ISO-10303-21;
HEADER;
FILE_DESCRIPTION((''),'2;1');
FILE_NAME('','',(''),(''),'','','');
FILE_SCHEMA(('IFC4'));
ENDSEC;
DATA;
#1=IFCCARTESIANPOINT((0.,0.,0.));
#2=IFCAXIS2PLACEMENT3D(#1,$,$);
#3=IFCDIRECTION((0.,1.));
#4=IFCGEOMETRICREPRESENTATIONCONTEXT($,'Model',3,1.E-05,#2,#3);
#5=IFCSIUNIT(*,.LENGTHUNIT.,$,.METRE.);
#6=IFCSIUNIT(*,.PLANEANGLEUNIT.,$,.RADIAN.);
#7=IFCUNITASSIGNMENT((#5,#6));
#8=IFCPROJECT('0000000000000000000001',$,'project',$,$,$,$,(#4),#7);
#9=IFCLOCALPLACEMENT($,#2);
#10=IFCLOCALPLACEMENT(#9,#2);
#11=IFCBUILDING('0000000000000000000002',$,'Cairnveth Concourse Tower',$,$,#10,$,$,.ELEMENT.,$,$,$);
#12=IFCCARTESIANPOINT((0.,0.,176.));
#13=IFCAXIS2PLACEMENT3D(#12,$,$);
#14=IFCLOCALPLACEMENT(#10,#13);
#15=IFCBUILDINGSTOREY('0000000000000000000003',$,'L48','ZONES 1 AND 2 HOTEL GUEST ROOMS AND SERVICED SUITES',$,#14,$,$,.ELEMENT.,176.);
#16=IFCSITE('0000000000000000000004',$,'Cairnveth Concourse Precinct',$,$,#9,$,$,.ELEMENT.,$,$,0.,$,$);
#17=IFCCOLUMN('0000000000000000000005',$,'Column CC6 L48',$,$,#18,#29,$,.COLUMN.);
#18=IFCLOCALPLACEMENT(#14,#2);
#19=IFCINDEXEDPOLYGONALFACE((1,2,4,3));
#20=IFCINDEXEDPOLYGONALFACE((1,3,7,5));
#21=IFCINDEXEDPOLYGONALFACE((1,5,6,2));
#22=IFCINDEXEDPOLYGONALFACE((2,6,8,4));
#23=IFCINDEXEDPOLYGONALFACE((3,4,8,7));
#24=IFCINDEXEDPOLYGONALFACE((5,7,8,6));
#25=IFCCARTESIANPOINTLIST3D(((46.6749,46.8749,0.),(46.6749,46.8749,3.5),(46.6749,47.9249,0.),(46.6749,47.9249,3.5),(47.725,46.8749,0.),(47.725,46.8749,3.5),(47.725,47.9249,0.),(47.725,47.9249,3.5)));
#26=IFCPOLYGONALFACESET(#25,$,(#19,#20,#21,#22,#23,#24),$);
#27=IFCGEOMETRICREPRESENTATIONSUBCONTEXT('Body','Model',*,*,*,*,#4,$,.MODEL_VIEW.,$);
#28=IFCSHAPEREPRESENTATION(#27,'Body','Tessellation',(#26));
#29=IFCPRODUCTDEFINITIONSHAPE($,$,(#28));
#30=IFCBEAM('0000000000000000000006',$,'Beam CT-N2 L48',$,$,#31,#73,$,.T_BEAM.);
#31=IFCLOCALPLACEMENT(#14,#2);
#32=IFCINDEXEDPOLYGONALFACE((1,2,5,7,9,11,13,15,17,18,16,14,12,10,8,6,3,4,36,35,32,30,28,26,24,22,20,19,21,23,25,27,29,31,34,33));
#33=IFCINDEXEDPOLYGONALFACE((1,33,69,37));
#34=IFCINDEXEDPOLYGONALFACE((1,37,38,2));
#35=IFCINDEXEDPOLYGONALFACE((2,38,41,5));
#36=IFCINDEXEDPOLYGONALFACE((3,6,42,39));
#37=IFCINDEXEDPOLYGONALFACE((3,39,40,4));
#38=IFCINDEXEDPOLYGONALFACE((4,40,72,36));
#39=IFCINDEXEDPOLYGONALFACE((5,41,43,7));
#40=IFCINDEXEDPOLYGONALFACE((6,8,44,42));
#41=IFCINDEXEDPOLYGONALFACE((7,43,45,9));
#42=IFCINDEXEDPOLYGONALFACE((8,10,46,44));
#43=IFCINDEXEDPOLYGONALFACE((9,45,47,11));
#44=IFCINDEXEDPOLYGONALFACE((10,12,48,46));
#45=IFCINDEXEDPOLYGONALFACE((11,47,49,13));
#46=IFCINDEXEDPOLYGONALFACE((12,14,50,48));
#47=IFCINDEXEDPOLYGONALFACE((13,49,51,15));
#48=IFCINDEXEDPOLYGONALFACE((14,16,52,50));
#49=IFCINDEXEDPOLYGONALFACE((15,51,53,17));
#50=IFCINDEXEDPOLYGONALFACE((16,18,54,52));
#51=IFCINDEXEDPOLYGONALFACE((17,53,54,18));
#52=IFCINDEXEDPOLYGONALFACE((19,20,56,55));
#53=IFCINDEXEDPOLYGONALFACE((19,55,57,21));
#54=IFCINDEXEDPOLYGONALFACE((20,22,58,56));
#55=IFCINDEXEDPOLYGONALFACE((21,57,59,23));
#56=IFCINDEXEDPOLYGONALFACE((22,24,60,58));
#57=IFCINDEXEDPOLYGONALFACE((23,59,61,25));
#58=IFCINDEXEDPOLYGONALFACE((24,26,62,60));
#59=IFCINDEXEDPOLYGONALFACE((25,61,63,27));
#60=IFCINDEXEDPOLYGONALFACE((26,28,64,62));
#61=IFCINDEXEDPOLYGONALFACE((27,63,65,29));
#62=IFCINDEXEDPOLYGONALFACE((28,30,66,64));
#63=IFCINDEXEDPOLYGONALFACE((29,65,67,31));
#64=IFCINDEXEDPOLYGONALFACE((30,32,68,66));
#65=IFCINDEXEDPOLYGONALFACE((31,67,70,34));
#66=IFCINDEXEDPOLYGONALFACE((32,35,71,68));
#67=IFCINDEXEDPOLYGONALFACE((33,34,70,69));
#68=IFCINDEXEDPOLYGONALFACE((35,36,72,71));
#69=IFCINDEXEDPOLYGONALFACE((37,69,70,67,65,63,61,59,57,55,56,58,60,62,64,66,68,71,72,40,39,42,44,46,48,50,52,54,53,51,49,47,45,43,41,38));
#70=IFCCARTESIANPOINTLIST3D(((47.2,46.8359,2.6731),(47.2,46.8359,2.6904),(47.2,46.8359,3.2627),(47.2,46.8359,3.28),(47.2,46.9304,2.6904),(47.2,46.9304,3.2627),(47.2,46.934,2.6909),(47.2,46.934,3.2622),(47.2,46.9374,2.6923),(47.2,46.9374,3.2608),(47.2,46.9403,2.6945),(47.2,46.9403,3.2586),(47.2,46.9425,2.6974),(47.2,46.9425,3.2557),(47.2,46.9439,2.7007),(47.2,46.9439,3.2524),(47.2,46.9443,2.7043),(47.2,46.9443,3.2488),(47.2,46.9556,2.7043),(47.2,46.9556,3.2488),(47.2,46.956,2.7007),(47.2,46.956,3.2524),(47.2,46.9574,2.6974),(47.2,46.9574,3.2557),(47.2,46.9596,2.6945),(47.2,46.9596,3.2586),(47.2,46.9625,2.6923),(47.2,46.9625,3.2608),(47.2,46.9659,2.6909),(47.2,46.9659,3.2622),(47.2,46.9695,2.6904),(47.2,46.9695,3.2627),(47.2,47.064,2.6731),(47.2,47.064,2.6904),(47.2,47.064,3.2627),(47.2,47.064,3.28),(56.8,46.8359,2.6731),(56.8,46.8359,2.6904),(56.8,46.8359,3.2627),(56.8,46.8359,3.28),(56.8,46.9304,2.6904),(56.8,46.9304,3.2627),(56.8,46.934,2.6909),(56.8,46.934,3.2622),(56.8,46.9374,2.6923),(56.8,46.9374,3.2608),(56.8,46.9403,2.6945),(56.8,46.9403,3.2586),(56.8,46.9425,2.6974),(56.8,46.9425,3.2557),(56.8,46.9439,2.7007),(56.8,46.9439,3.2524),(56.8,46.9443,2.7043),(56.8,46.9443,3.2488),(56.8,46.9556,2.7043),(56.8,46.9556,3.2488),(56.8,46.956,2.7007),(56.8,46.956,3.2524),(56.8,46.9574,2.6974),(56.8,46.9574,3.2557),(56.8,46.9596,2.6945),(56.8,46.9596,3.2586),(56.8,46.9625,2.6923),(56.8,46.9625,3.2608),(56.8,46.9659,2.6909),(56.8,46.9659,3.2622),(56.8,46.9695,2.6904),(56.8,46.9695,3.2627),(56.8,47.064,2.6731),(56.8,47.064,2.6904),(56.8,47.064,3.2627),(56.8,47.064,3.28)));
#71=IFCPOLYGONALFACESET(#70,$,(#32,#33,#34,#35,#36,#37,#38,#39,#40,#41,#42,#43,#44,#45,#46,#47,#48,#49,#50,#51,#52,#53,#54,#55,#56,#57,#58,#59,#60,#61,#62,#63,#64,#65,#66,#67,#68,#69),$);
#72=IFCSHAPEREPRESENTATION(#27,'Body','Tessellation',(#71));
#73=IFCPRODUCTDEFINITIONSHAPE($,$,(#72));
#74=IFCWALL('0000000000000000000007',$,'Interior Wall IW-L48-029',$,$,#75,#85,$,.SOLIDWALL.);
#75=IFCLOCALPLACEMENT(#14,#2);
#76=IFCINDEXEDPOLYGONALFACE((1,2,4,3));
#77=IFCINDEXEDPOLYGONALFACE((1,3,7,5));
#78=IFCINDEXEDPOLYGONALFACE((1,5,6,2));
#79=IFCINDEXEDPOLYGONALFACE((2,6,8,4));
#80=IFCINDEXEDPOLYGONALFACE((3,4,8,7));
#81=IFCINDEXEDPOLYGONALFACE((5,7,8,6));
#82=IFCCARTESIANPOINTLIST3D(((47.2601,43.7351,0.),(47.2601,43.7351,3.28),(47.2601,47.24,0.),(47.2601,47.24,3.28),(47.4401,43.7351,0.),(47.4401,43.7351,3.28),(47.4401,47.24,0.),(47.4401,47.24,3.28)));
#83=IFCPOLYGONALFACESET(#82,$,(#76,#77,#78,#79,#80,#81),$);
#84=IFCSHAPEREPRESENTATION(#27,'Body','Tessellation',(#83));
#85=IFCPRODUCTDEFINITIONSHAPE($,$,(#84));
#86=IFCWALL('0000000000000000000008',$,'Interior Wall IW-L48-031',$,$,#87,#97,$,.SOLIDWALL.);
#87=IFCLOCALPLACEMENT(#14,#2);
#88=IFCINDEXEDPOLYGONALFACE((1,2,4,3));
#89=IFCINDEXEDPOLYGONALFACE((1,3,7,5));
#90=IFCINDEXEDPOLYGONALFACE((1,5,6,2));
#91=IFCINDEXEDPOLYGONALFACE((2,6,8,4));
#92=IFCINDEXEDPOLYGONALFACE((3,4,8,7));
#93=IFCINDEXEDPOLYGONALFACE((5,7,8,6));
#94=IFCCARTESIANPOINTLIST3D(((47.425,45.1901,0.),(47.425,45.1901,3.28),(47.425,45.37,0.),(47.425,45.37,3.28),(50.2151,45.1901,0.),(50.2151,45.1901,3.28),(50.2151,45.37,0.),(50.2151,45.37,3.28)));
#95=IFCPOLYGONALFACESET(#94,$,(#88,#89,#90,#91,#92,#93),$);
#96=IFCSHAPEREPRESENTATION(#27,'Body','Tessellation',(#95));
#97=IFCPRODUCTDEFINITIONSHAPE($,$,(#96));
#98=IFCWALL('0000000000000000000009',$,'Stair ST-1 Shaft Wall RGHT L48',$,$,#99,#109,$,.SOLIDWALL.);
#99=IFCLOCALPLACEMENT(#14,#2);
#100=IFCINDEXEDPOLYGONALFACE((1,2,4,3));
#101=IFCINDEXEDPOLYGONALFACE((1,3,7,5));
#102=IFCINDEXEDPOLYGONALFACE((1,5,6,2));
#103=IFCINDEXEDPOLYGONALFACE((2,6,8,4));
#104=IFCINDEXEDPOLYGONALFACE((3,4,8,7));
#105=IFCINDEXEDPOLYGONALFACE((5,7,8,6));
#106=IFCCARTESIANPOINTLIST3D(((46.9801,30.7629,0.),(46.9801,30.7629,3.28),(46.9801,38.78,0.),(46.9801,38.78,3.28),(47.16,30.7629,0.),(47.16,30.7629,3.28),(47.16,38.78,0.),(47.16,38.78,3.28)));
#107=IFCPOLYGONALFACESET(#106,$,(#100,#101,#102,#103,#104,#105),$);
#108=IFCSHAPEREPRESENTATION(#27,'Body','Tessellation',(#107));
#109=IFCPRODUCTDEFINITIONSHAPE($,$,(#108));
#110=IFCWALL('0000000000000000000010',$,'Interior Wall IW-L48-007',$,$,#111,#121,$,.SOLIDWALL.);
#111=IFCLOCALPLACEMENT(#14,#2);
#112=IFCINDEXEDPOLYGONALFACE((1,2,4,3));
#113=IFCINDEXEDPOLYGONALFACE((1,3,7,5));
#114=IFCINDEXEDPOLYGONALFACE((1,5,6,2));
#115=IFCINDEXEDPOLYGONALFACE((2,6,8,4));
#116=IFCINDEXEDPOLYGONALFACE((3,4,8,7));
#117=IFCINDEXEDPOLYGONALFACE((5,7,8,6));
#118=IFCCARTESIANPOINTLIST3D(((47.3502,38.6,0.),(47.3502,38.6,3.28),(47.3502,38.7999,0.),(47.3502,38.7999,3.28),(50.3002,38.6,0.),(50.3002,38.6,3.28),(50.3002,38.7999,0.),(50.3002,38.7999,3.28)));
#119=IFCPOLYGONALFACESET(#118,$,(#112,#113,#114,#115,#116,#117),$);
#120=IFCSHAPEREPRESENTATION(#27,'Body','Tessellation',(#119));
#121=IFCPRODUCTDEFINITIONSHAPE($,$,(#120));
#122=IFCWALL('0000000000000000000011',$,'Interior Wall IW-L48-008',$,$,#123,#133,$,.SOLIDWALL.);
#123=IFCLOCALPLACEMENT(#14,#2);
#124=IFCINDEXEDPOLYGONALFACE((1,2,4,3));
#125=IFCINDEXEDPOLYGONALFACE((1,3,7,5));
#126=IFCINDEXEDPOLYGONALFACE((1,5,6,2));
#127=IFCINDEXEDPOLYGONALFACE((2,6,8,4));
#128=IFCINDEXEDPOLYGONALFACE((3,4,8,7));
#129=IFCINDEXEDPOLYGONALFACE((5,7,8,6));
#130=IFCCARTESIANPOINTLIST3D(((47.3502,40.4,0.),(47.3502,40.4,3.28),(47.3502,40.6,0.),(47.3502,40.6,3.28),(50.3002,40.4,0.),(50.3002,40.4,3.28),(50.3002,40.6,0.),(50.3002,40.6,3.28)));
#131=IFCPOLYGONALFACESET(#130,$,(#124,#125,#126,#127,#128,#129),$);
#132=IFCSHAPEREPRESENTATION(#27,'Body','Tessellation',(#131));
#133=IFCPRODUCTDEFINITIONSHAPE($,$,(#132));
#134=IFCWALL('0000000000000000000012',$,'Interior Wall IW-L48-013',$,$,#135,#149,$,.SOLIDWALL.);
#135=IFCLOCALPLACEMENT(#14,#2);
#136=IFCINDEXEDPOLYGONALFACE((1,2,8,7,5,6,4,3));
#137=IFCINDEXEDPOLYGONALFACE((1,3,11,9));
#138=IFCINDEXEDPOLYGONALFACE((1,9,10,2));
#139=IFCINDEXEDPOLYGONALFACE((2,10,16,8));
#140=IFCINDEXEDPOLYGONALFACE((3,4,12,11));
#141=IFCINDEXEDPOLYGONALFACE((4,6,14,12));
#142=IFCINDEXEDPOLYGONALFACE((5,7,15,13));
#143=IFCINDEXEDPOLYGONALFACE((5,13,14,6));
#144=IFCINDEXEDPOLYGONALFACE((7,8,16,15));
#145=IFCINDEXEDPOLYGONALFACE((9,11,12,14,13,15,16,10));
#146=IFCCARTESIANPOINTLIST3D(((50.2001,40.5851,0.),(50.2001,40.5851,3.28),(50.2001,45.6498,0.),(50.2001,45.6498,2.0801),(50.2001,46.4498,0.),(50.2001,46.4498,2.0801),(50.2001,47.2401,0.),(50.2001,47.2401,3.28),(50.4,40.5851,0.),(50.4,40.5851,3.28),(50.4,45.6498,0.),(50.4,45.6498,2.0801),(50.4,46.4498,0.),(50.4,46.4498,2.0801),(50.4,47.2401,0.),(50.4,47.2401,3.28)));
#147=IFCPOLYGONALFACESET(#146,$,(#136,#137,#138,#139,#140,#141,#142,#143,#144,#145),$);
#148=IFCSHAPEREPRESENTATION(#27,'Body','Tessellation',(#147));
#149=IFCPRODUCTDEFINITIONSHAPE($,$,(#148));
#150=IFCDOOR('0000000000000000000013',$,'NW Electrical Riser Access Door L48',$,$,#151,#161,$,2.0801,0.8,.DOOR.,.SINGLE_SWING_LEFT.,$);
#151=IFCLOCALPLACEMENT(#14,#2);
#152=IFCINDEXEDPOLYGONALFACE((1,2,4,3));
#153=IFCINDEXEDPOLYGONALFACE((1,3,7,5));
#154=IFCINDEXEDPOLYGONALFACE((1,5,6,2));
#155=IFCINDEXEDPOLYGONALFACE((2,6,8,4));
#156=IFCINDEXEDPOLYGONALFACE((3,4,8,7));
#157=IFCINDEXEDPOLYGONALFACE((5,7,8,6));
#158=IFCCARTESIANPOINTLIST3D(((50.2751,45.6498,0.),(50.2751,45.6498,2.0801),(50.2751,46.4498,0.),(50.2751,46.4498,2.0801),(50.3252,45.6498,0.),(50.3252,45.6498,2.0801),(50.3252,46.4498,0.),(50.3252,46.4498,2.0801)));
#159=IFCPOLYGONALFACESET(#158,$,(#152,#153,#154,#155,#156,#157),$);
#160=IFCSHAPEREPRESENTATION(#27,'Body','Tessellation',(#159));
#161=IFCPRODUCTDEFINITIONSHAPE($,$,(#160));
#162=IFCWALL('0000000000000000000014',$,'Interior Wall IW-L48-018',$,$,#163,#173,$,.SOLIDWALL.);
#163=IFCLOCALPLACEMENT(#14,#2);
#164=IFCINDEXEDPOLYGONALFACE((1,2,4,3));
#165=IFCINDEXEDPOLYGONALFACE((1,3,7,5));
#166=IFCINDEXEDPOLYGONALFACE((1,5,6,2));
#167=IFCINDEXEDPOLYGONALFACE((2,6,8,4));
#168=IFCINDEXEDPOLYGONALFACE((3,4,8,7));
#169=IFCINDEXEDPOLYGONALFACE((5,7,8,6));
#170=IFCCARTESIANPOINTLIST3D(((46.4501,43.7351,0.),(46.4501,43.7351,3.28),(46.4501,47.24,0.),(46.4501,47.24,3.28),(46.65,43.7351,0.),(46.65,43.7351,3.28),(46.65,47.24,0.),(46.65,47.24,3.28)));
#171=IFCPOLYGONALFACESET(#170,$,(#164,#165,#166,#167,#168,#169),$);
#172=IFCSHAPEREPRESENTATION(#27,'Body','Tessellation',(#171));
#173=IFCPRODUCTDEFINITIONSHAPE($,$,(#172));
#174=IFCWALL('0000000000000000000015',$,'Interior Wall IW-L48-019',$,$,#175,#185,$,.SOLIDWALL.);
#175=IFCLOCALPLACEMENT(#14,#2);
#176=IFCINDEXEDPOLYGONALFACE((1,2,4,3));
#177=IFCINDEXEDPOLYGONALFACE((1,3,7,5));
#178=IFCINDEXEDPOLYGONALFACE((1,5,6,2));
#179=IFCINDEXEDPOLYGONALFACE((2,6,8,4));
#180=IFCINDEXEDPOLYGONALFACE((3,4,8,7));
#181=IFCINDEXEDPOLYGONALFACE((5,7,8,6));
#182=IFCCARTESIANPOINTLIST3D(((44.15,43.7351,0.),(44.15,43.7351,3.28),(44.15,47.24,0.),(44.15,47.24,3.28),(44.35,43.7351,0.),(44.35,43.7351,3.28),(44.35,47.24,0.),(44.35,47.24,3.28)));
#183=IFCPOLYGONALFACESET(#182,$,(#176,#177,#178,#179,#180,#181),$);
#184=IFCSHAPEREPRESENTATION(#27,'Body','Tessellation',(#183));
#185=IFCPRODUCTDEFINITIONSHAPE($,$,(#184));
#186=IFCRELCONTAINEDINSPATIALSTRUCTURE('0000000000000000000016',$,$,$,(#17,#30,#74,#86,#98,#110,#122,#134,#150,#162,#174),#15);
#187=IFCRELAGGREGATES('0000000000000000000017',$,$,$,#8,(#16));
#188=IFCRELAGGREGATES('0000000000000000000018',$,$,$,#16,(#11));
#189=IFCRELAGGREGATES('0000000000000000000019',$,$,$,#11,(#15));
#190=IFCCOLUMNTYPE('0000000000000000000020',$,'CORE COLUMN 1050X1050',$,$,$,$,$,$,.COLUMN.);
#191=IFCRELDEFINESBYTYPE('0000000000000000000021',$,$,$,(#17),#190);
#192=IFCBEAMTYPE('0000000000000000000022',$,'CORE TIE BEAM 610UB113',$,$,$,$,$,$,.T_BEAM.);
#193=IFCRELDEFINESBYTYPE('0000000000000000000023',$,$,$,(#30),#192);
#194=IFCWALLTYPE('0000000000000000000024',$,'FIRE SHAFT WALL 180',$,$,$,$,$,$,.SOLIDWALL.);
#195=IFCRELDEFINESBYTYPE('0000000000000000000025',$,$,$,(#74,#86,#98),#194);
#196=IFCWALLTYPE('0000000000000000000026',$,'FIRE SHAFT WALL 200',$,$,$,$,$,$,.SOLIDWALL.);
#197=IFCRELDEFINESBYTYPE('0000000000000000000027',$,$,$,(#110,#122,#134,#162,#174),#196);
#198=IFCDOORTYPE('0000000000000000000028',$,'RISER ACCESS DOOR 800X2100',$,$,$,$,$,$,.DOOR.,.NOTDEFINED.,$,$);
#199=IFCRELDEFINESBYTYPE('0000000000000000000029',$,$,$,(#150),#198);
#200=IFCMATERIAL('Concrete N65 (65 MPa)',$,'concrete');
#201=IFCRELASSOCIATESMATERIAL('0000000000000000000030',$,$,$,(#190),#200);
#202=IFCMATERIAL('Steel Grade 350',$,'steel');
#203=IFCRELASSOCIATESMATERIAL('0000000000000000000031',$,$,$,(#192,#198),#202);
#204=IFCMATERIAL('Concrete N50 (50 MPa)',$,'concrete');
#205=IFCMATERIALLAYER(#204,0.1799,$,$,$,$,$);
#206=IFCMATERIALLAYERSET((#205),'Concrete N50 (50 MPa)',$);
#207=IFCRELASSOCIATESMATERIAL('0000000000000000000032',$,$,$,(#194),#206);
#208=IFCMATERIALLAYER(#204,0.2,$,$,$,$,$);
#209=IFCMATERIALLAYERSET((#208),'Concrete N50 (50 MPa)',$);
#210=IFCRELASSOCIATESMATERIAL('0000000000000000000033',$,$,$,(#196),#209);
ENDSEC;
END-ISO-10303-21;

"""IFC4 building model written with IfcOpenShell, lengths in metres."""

from ifc_helpers import new_model, si_unit, direction, frame, frame_2d, origin, origin_2d, place, context, subcontext, project, spatial, rectangle, i_section, extrude, material, layer, layer_set, material_profile, profile_set, type_object, element, fill, save


model = new_model("IFC4")

# Units and contexts
model_context = context("Model", 3, precision=1e-05, world=origin(), true_north=direction((0.0, 1.0)))
body_context = subcontext(model_context, "Body", "Model", "MODEL_VIEW")
ifc_project = project(units=[si_unit("LENGTHUNIT", "METRE"), si_unit("PLANEANGLEUNIT", "RADIAN")], contexts=[model_context])

# Site, building, storey
site_placement = place(None, origin())
site = spatial("IfcSite", under=ifc_project, at=site_placement, Name="Cairnveth Concourse Precinct", CompositionType="ELEMENT", RefElevation=0.0)
building_placement = place(site_placement, origin())
building = spatial("IfcBuilding", under=site, at=building_placement, Name="Cairnveth Concourse Tower", CompositionType="ELEMENT")
storey_placement = place(building_placement, frame((0.0, 0.0, 176.0)))
storey = spatial("IfcBuildingStorey", under=building, at=storey_placement, Name="L48", Description="ZONES 1 AND 2 HOTEL GUEST ROOMS AND SERVICED SUITES", CompositionType="ELEMENT", Elevation=176.0)

# Column
ifc_material_1 = material(Name="Concrete N65 (65 MPa)", Category="concrete")
ifc_material_profile_1 = material_profile(ifc_material_1, rectangle(XDim=1.05, YDim=1.05, at=origin_2d()), Name="RC-COL-1050x1050")
ifc_profile_set_1 = profile_set([ifc_material_profile_1], Name="Concrete N65 (65 MPa)")
column_type = type_object("IfcColumnType", Name="CORE COLUMN 1050X1050", PredefinedType="COLUMN", material=ifc_profile_set_1)
column_placement = place(storey_placement, frame((47.2, 47.3999, 0.0), z_axis=(0.0, 0.0, 1.0), x_axis=(1.0, 0.0, 0.0)))
element("IfcColumn", 1, at=column_placement, inside=storey, type_object=column_type, Name="Column CC6 L48", PredefinedType="COLUMN", context=body_context, shape_type="SweptSolid", body=[
    extrude(rectangle(XDim=1.05, YDim=1.05, at=origin_2d()), origin(), (0.0, 0.0, 1.0), 3.5),
])

# Beam
ifc_material_2 = material(Name="Steel Grade 350", Category="steel")
ifc_material_profile_2 = material_profile(ifc_material_2, i_section(OverallWidth=0.228, OverallDepth=0.6069, WebThickness=0.0112, FlangeThickness=0.0173, FilletRadius=0.0139, at=origin_2d()), Name="610UB113")
ifc_profile_set_2 = profile_set([ifc_material_profile_2], Name="Steel Grade 350")
beam_type = type_object("IfcBeamType", Name="CORE TIE BEAM 610UB113", PredefinedType="T_BEAM", material=ifc_profile_set_2)
beam_placement = place(storey_placement, frame((47.2, 46.95, 2.9766), z_axis=(1.0, 0.0, 0.0), x_axis=(0.0, 1.0, 0.0)))
element("IfcBeam", 2, at=beam_placement, inside=storey, type_object=beam_type, Name="Beam CT-N2 L48", PredefinedType="T_BEAM", context=body_context, shape_type="SweptSolid", body=[
    extrude(i_section(OverallWidth=0.228, OverallDepth=0.6069, WebThickness=0.0112, FlangeThickness=0.0173, FilletRadius=0.0139, at=origin_2d()), origin(), (0.0, 0.0, 1.0), 9.6001),
])

# Walls
ifc_material_3 = material(Name="Concrete N50 (50 MPa)", Category="concrete")
ifc_layer_1 = layer(ifc_material_3, 0.1799)
ifc_layer_set_1 = layer_set([ifc_layer_1], Name="Concrete N50 (50 MPa)")
wall_type_1 = type_object("IfcWallType", Name="FIRE SHAFT WALL 180", PredefinedType="SOLIDWALL", material=ifc_layer_set_1)
wall_1_placement = place(storey_placement, frame((47.3501, 43.7351, 0.0), z_axis=(0.0, 0.0, 1.0), x_axis=(0.0, 1.0, 0.0)))
element("IfcWall", 3, at=wall_1_placement, inside=storey, type_object=wall_type_1, Name="Interior Wall IW-L48-029", PredefinedType="SOLIDWALL", context=body_context, shape_type="SweptSolid", body=[
    extrude(rectangle(XDim=3.5049, YDim=0.1799, at=frame_2d((1.7524, 0.0))), origin(), (0.0, 0.0, 1.0), 3.28),
])
wall_2_placement = place(storey_placement, frame((47.425, 45.28, 0.0), z_axis=(0.0, 0.0, 1.0), x_axis=(1.0, 0.0, 0.0)))
element("IfcWall", 4, at=wall_2_placement, inside=storey, type_object=wall_type_1, Name="Interior Wall IW-L48-031", PredefinedType="SOLIDWALL", context=body_context, shape_type="SweptSolid", body=[
    extrude(rectangle(XDim=2.79, YDim=0.1799, at=frame_2d((1.395, 0.0))), origin(), (0.0, 0.0, 1.0), 3.28),
])
wall_3_placement = place(storey_placement, frame((47.0701, 38.78, 0.0), z_axis=(0.0, 0.0, 1.0), x_axis=(0.0, -1.0, 0.0)))
element("IfcWall", 5, at=wall_3_placement, inside=storey, type_object=wall_type_1, Name="Stair ST-1 Shaft Wall RGHT L48", PredefinedType="SOLIDWALL", context=body_context, shape_type="SweptSolid", body=[
    extrude(rectangle(XDim=8.0171, YDim=0.1799, at=frame_2d((4.0085, 0.0))), origin(), (0.0, 0.0, 1.0), 3.28),
])
ifc_layer_2 = layer(ifc_material_3, 0.2)
ifc_layer_set_2 = layer_set([ifc_layer_2], Name="Concrete N50 (50 MPa)")
wall_type_2 = type_object("IfcWallType", Name="FIRE SHAFT WALL 200", PredefinedType="SOLIDWALL", material=ifc_layer_set_2)
for number, where, z_axis, x_axis, name in (
    (6, (47.3501, 38.7, 0.0), (0.0, 0.0, 1.0), (1.0, 0.0, 0.0), "Interior Wall IW-L48-007"),
    (7, (47.3501, 40.5, 0.0), (0.0, 0.0, 1.0), (1.0, 0.0, 0.0), "Interior Wall IW-L48-008"),
):
    element("IfcWall", number, at=place(storey_placement, frame(where, z_axis=z_axis, x_axis=x_axis)), inside=storey, type_object=wall_type_2, Name=name, PredefinedType="SOLIDWALL", context=body_context, shape_type="SweptSolid", body=[
        extrude(rectangle(XDim=2.95, YDim=0.2, at=frame_2d((1.4751, 0.0))), origin(), (0.0, 0.0, 1.0), 3.28),
    ])

# Wall, opening, door
wall_4_placement = place(storey_placement, frame((50.3, 40.585, 0.0), z_axis=(0.0, 0.0, 1.0), x_axis=(0.0, 1.0, 0.0)))
wall_4 = element("IfcWall", 8, at=wall_4_placement, inside=storey, type_object=wall_type_2, Name="Interior Wall IW-L48-013", PredefinedType="SOLIDWALL", context=body_context, shape_type="SweptSolid", body=[
    extrude(rectangle(XDim=6.655, YDim=0.2, at=frame_2d((3.3276, 0.0))), origin(), (0.0, 0.0, 1.0), 3.28),
])
opening_1_placement = place(wall_4_placement, frame((5.0649, 0.0, 0.0)))
opening_1 = element("IfcOpeningElement", 9, at=opening_1_placement, cuts=wall_4, PredefinedType="OPENING", context=body_context, shape_type="SweptSolid", body=[
    extrude(rectangle(XDim=0.8, YDim=2.0801, at=frame_2d((0.3999, 1.04))), frame((0.0, 0.1099, 0.0), z_axis=(0.0, -1.0, 0.0), x_axis=(1.0, 0.0, 0.0)), (0.0, 0.0, 1.0), 0.22),
])
door_type_1 = type_object("IfcDoorType", Name="RISER ACCESS DOOR 800X2100", OperationType="NOTDEFINED", PredefinedType="DOOR", material=ifc_material_2)
door_1_placement = place(opening_1_placement, origin())
door_1 = element("IfcDoor", 10, at=door_1_placement, inside=storey, type_object=door_type_1, Name="NW Electrical Riser Access Door L48", OperationType="SINGLE_SWING_LEFT", OverallHeight=2.0801, OverallWidth=0.8, PredefinedType="DOOR", context=body_context, shape_type="SweptSolid", body=[
    extrude(rectangle(XDim=0.8, YDim=2.0801, at=frame_2d((0.3999, 1.04))), frame((0.0, 0.0249, 0.0), z_axis=(0.0, -1.0, 0.0), x_axis=(1.0, 0.0, 0.0)), (0.0, 0.0, 1.0), 0.05),
])
fill(opening_1, door_1)

# Walls
for number, where, z_axis, x_axis, name in (
    (11, (46.55, 43.7351, 0.0), (0.0, 0.0, 1.0), (0.0, 1.0, 0.0), "Interior Wall IW-L48-018"),
    (12, (44.25, 43.7351, 0.0), (0.0, 0.0, 1.0), (0.0, 1.0, 0.0), "Interior Wall IW-L48-019"),
):
    element("IfcWall", number, at=place(storey_placement, frame(where, z_axis=z_axis, x_axis=x_axis)), inside=storey, type_object=wall_type_2, Name=name, PredefinedType="SOLIDWALL", context=body_context, shape_type="SweptSolid", body=[
        extrude(rectangle(XDim=3.5049, YDim=0.2, at=frame_2d((1.7524, 0.0))), origin(), (0.0, 0.0, 1.0), 3.28),
    ])

save(model, "model.ifc")
